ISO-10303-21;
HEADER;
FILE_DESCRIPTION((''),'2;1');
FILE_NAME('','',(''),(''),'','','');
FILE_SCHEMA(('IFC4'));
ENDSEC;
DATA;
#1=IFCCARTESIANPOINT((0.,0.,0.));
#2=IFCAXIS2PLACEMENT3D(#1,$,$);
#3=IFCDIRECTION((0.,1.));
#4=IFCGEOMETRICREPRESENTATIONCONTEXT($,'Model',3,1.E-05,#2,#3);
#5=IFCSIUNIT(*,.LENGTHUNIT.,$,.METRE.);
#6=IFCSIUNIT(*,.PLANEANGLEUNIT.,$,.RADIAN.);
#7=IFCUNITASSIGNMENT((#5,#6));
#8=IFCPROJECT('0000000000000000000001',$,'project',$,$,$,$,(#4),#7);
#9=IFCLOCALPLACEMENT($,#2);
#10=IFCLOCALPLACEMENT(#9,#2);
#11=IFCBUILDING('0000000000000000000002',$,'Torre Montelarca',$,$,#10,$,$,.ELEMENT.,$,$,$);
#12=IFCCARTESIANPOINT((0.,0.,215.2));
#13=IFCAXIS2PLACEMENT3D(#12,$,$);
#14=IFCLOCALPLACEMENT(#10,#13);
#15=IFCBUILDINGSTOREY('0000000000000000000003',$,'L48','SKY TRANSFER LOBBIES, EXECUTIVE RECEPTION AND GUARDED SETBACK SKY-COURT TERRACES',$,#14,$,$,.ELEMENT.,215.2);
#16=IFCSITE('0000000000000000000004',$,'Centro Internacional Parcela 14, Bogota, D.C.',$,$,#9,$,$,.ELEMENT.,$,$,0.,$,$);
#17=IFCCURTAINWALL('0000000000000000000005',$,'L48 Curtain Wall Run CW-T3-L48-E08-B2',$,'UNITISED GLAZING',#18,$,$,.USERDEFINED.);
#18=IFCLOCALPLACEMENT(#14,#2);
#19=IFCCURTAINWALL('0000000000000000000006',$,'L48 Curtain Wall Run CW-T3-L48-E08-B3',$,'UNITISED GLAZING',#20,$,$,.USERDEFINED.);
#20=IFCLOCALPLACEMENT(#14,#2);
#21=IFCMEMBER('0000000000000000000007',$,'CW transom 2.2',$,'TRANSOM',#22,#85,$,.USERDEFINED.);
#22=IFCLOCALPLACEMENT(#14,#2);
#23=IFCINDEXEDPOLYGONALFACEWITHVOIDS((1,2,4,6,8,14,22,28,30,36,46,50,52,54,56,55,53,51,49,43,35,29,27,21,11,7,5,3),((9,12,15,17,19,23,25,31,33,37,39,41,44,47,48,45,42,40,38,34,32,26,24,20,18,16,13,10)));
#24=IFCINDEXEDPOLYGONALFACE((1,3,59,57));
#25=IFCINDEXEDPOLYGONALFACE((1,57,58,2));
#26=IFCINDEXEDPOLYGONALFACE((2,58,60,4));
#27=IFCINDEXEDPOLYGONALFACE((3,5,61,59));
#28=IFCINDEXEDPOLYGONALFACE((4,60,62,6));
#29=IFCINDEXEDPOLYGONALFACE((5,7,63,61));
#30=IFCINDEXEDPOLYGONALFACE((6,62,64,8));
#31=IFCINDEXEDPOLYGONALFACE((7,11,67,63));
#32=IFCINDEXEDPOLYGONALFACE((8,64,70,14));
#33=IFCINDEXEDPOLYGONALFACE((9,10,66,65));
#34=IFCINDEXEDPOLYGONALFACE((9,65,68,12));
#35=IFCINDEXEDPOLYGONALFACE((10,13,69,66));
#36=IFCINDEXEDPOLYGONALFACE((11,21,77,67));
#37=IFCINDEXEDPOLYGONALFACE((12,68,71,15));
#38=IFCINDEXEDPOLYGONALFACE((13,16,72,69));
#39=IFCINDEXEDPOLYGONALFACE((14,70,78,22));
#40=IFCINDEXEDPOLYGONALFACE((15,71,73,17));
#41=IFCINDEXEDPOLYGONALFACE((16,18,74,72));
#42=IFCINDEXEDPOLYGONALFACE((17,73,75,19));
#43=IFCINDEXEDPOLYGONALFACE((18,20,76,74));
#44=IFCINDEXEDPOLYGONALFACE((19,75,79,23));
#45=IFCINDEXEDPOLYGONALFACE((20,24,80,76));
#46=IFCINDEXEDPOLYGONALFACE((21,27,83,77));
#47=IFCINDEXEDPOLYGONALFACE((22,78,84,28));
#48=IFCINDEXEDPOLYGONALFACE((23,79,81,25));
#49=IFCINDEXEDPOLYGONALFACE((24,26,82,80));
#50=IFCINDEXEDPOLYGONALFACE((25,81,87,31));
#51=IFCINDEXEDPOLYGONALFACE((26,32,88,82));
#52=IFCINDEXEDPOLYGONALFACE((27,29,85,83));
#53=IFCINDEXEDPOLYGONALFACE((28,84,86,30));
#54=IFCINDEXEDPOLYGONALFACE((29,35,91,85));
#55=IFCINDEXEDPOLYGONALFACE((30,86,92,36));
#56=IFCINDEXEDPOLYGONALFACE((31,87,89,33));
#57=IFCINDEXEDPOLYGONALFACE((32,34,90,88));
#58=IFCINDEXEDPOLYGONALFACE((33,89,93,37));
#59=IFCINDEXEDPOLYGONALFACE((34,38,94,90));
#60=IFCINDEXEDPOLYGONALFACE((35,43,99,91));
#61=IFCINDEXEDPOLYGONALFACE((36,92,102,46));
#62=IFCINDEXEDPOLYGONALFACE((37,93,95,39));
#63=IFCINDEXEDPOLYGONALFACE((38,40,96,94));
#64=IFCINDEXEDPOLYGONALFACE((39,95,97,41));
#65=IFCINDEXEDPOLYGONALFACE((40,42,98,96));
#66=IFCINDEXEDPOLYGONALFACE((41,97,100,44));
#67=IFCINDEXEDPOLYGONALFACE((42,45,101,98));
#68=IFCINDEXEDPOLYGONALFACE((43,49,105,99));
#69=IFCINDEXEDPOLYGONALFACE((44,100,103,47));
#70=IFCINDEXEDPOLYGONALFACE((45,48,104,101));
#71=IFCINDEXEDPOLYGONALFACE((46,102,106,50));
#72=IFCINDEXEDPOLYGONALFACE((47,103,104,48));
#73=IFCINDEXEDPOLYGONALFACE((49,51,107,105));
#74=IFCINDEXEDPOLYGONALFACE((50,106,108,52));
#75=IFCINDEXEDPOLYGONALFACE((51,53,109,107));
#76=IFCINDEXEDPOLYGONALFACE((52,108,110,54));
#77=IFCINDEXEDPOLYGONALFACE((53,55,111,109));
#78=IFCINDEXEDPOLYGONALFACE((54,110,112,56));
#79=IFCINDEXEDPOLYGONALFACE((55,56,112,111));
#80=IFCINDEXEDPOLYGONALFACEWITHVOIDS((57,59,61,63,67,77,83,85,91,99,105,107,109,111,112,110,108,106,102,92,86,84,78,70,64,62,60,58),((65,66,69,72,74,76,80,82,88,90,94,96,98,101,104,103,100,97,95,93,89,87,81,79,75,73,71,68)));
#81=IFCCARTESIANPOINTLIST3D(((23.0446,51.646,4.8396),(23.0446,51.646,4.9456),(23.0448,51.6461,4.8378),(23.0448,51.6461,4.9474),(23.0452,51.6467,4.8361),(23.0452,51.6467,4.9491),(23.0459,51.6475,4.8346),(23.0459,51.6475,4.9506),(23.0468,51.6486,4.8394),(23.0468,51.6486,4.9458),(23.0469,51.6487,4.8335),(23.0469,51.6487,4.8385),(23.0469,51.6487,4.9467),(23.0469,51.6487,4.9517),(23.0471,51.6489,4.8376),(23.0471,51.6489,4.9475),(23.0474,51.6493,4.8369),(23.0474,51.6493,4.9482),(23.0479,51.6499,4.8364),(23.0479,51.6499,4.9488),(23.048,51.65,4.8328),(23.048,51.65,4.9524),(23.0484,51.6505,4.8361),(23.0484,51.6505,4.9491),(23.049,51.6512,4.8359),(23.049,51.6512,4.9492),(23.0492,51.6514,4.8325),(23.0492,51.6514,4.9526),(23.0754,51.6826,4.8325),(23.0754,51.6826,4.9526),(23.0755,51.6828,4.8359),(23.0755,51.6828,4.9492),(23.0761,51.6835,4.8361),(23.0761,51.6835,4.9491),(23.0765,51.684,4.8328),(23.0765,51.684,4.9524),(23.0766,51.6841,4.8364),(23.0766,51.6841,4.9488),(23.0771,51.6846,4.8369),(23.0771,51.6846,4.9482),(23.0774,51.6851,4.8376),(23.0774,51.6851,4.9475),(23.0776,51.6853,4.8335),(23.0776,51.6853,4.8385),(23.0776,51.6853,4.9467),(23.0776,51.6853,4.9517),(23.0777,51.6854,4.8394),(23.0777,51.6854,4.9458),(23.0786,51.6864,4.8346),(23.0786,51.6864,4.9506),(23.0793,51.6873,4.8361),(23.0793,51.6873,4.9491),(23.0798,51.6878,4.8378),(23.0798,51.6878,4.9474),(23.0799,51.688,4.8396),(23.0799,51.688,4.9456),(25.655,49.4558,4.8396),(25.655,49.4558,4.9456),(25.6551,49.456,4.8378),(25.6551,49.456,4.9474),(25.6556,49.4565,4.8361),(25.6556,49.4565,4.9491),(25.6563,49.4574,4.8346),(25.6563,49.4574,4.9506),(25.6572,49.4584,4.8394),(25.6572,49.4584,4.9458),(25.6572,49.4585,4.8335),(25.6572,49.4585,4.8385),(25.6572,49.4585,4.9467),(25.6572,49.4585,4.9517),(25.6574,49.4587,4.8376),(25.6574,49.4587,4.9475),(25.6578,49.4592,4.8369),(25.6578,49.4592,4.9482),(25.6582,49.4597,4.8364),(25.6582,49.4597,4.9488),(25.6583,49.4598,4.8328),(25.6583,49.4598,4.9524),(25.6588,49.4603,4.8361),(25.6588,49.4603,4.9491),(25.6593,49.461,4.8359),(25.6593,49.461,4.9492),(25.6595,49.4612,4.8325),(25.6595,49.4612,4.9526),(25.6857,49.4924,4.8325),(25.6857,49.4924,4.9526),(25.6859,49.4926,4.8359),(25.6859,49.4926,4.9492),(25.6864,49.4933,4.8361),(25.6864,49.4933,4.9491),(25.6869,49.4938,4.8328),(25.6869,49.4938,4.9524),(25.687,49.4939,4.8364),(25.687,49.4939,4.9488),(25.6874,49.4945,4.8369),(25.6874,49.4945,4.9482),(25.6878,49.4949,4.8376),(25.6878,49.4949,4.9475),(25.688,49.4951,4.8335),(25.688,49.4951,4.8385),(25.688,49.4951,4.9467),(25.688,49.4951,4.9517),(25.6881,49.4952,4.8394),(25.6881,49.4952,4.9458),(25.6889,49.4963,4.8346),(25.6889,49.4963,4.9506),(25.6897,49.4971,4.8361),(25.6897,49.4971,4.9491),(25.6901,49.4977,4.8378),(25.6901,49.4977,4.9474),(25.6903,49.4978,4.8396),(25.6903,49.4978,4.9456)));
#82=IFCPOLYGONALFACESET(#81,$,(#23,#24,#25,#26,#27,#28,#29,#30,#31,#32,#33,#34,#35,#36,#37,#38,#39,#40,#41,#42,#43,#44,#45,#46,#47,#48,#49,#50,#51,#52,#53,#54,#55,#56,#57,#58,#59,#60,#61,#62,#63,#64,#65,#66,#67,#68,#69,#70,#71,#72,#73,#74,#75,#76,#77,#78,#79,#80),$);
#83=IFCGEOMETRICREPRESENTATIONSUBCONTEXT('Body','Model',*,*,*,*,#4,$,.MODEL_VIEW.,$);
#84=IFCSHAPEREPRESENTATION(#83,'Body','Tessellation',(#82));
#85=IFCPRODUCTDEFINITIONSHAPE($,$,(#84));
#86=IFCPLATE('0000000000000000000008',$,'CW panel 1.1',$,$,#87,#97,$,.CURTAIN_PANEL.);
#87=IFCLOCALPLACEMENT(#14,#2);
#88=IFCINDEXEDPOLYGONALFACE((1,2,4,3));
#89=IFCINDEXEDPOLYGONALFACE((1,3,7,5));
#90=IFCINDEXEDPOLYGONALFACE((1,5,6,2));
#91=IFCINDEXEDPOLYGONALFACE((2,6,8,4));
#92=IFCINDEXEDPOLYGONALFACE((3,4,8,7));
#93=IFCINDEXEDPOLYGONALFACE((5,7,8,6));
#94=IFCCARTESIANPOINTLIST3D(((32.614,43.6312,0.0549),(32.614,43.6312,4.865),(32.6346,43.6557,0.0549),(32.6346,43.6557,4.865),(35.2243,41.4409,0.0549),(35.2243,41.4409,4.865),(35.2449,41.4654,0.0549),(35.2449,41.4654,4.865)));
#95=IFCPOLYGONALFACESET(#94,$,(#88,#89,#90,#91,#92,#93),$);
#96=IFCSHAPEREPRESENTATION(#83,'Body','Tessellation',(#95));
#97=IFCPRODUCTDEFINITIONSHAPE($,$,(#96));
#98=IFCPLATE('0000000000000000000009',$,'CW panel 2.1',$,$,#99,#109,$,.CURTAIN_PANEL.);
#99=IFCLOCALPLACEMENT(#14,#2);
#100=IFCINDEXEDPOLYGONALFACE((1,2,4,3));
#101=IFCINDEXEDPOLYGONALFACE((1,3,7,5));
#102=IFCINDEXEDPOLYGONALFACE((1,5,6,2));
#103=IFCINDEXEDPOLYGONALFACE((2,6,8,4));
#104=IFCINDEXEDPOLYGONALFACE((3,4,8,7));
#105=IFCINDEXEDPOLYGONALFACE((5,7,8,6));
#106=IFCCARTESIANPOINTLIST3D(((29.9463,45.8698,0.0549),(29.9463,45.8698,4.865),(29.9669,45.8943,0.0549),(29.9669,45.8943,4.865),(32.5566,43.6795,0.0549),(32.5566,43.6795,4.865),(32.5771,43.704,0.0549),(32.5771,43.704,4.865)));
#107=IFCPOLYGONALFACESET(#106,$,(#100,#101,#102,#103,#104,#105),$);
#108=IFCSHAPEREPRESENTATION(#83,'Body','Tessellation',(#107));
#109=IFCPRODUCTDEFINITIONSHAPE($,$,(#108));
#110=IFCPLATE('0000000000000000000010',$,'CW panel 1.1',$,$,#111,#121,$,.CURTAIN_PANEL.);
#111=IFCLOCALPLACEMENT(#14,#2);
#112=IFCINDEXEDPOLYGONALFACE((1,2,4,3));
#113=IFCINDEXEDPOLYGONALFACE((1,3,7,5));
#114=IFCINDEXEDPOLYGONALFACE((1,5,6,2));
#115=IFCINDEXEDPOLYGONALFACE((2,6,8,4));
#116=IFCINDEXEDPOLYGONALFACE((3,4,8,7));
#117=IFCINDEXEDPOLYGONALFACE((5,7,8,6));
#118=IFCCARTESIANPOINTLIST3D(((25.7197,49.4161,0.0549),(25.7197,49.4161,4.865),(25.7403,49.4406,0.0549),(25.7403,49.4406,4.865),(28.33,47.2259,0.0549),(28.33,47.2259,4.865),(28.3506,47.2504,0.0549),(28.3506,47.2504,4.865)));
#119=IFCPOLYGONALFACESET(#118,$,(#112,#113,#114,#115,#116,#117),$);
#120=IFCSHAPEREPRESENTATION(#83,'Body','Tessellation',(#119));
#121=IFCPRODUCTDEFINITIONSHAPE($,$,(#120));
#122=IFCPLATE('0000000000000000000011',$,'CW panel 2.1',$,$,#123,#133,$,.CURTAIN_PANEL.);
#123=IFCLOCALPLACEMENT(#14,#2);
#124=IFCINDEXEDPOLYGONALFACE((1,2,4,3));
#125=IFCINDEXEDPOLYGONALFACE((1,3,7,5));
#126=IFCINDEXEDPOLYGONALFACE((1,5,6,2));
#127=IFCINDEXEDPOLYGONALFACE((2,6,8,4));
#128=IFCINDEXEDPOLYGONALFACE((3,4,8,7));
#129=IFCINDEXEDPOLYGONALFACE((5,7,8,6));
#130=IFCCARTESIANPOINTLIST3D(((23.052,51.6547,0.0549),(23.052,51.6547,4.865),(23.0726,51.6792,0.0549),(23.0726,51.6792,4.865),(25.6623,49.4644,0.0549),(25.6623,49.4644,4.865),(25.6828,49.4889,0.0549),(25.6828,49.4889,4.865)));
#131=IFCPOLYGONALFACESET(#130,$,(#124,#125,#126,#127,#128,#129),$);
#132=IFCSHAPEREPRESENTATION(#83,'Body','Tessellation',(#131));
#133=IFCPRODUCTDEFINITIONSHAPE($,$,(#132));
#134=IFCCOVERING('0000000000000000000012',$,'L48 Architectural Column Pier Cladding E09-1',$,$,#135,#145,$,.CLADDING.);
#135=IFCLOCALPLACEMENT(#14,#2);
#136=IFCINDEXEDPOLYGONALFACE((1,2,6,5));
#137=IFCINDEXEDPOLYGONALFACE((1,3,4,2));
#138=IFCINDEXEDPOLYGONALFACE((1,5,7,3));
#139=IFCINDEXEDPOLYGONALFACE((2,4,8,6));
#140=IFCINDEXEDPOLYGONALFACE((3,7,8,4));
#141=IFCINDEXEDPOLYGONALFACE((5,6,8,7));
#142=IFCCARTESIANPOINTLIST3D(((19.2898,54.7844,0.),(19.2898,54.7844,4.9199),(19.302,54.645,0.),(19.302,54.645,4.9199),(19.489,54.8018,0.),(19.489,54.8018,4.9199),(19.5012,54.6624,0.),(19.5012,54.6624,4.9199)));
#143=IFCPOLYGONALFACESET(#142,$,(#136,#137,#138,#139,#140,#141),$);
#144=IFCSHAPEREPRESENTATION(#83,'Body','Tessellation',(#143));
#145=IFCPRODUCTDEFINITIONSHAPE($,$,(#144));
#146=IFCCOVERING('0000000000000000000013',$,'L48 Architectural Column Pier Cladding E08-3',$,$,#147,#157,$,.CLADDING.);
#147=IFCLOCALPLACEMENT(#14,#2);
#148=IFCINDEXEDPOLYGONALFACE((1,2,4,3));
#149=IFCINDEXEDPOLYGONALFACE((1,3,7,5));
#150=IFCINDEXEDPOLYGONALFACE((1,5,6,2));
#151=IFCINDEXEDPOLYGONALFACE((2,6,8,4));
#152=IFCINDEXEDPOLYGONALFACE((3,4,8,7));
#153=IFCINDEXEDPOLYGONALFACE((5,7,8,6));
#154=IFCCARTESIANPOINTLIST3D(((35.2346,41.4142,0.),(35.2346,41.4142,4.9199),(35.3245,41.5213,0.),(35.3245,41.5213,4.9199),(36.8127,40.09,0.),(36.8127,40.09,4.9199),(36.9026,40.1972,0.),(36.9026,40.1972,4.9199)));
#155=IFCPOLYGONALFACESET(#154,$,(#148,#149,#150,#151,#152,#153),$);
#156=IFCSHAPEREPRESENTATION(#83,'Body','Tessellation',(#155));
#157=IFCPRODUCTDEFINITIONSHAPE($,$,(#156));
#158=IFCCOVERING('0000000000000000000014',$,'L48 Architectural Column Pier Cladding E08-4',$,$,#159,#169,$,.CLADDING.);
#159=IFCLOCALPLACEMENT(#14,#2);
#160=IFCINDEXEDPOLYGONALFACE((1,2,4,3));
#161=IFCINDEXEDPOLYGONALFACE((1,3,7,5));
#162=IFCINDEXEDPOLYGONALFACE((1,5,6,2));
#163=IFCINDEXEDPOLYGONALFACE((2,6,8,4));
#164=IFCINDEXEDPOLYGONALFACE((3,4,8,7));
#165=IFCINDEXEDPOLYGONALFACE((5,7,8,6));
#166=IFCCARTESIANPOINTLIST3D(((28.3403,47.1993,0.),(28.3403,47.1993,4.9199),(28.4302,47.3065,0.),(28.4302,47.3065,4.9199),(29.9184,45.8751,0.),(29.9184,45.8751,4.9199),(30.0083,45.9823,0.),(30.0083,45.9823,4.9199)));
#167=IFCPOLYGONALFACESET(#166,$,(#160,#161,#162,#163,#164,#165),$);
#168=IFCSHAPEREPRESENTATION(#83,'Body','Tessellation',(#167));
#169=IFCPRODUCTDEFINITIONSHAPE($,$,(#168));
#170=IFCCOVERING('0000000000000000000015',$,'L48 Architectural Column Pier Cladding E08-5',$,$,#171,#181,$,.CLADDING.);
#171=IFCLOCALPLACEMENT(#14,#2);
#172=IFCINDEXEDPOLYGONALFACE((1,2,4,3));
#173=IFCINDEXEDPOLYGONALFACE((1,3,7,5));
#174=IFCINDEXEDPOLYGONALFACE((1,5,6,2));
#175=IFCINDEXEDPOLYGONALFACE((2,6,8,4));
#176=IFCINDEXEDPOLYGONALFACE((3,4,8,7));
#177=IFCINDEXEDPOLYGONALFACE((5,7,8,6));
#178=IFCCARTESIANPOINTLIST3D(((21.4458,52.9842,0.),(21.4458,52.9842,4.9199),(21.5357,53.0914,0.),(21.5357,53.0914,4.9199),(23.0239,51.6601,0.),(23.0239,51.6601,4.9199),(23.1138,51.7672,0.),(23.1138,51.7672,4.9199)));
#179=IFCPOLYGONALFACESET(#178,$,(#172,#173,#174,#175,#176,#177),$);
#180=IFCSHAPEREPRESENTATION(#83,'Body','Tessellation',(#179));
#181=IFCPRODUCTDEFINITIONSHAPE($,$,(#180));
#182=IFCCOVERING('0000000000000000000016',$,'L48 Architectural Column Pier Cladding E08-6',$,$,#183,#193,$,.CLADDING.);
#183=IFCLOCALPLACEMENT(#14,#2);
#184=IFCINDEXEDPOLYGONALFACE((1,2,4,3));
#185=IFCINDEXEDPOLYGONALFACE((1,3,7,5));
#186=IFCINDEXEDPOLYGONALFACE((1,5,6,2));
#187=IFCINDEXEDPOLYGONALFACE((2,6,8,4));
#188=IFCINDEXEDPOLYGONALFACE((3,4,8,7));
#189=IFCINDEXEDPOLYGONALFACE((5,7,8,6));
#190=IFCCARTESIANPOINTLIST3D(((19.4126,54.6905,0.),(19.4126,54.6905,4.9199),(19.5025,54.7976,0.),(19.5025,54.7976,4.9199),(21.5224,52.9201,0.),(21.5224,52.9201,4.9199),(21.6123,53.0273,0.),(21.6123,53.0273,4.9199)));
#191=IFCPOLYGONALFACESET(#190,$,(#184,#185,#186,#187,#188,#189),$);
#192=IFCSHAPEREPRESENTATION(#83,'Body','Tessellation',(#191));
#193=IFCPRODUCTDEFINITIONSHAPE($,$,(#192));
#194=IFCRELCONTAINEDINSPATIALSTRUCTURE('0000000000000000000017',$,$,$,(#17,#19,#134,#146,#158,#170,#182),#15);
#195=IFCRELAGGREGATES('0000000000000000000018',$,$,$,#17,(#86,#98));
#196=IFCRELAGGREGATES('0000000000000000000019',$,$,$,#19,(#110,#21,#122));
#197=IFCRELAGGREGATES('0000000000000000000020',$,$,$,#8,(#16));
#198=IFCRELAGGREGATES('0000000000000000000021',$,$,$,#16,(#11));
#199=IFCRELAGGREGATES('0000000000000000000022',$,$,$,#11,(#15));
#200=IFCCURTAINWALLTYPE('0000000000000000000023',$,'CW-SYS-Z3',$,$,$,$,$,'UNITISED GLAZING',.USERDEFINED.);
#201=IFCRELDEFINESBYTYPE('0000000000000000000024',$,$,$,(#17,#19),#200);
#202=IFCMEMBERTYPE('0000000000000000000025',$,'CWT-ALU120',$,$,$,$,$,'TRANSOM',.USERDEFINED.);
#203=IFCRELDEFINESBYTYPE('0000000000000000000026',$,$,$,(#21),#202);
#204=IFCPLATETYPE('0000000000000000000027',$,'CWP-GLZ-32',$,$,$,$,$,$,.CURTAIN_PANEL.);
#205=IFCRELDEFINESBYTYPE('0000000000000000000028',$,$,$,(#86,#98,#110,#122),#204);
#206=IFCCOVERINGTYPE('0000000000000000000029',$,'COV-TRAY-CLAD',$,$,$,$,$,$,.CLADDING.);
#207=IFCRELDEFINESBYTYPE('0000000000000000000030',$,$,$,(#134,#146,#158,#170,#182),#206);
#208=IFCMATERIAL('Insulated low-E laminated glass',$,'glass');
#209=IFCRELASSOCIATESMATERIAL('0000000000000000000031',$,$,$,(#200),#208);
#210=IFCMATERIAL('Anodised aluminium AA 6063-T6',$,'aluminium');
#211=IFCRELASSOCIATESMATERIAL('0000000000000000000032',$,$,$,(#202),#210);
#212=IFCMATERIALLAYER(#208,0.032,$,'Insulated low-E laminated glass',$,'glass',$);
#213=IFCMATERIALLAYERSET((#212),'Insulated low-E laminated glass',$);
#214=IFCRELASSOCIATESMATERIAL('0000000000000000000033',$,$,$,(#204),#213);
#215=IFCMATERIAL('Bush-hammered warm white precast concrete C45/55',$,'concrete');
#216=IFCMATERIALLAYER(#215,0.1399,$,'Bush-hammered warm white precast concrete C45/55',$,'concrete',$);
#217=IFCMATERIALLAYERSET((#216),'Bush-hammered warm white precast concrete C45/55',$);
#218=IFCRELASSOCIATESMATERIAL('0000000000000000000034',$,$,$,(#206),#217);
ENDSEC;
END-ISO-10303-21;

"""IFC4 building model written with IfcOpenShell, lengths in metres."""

from ifc_helpers import new_model, si_unit, direction, frame, origin, origin_2d, place, context, subcontext, project, spatial, rectangle, hollow_rectangle, extrude, source, transform, mapped, material, layer, layer_set, material_profile, profile_set, type_object, element, aggregate, save


model = new_model("IFC4")

# Units and contexts
model_context = context("Model", 3, precision=1e-05, world=origin(), true_north=direction((0.0, 1.0)))
body_context = subcontext(model_context, "Body", "Model", "MODEL_VIEW")
ifc_project = project(units=[si_unit("LENGTHUNIT", "METRE"), si_unit("PLANEANGLEUNIT", "RADIAN")], contexts=[model_context])

# Site, building, storey
site_placement = place(None, origin())
site = spatial("IfcSite", under=ifc_project, at=site_placement, Name="Centro Internacional Parcela 14, Bogota, D.C.", CompositionType="ELEMENT", RefElevation=0.0)
building_placement = place(site_placement, origin())
building = spatial("IfcBuilding", under=site, at=building_placement, Name="Torre Montelarca", CompositionType="ELEMENT")
storey_placement = place(building_placement, frame((0.0, 0.0, 215.2)))
storey = spatial("IfcBuildingStorey", under=building, at=storey_placement, Name="L48", Description="SKY TRANSFER LOBBIES, EXECUTIVE RECEPTION AND GUARDED SETBACK SKY-COURT TERRACES", CompositionType="ELEMENT", Elevation=215.2)

# Shared definitions
ifc_material_1 = material(Name="Insulated low-E laminated glass", Category="glass")
curtain_wall_type = type_object("IfcCurtainWallType", Name="CW-SYS-Z3", ElementType="UNITISED GLAZING", PredefinedType="USERDEFINED", material=ifc_material_1)
ifc_material_2 = material(Name="Anodised aluminium AA 6063-T6", Category="aluminium")

# Curtain walls
curtain_wall_1_placement = place(storey_placement, origin())
curtain_wall_1 = element("IfcCurtainWall", 1, at=curtain_wall_1_placement, inside=storey, type_object=curtain_wall_type, Name="L48 Curtain Wall Run CW-T3-L48-E08-B2", ObjectType="UNITISED GLAZING", PredefinedType="USERDEFINED")
curtain_wall_2_placement = place(storey_placement, origin())
curtain_wall_2 = element("IfcCurtainWall", 2, at=curtain_wall_2_placement, inside=storey, type_object=curtain_wall_type, Name="L48 Curtain Wall Run CW-T3-L48-E08-B3", ObjectType="UNITISED GLAZING", PredefinedType="USERDEFINED")

# Member
ifc_material_profile_1 = material_profile(ifc_material_2, hollow_rectangle(XDim=0.0549, YDim=0.1201, WallThickness=0.0034, InnerFilletRadius=0.0034, OuterFilletRadius=0.0071, at=origin_2d()), Name="ALU55X120X3.5", Category="aluminium")
ifc_profile_set_1 = profile_set([ifc_material_profile_1], Name="Anodised aluminium AA 6063-T6")
member_type_1 = type_object("IfcMemberType", Name="CWT-ALU120", ElementType="TRANSOM", PredefinedType="USERDEFINED", material=ifc_profile_set_1)
shared_shape_1 = source(origin(), body_context, "Body", "SweptSolid", [
    extrude(hollow_rectangle(XDim=0.0549, YDim=0.1201, WallThickness=0.0034, InnerFilletRadius=0.0034, OuterFilletRadius=0.0071, at=origin_2d()), origin(), (0.0, 0.0, 1.0), 3.4075),
])
member_1_placement = place(storey_placement, frame((25.6726, 49.4768, 4.8926), z_axis=(-0.766067, 0.64276, 0.0), x_axis=(-0.64276, -0.766067, 0.0)))
member_1 = element("IfcMember", 3, at=member_1_placement, type_object=member_type_1, Name="CW transom 2.2", ObjectType="TRANSOM", PredefinedType="USERDEFINED", context=body_context, shape_type="MappedRepresentation", body=[
    mapped(shared_shape_1, transform((0.0, 0.0, 0.0), scale=1.0)),
])

# Plates
ifc_layer_1 = layer(ifc_material_1, 0.032, Name="Insulated low-E laminated glass", Category="glass")
ifc_layer_set_1 = layer_set([ifc_layer_1], Name="Insulated low-E laminated glass")
plate_type = type_object("IfcPlateType", Name="CWP-GLZ-32", PredefinedType="CURTAIN_PANEL", material=ifc_layer_set_1)
shared_shape_2 = source(origin(), body_context, "Body", "SweptSolid", [
    extrude(rectangle(XDim=3.4075, YDim=0.032, at=origin_2d()), origin(), (0.0, 0.0, 1.0), 4.8101),
])
plate_1_placement = place(storey_placement, frame((33.9294, 42.5483, 0.0549), z_axis=(0.0, 0.0, 1.0), x_axis=(-0.766043, 0.642789, 0.0)))
plate_1 = element("IfcPlate", 4, at=plate_1_placement, type_object=plate_type, Name="CW panel 1.1", PredefinedType="CURTAIN_PANEL", context=body_context, shape_type="MappedRepresentation", body=[
    mapped(shared_shape_2, transform((0.0, 0.0, 0.0), scale=1.0)),
])
plate_2_placement = place(storey_placement, frame((31.2617, 44.7869, 0.0549), z_axis=(0.0, 0.0, 1.0), x_axis=(-0.766043, 0.642789, 0.0)))
plate_2 = element("IfcPlate", 5, at=plate_2_placement, type_object=plate_type, Name="CW panel 2.1", PredefinedType="CURTAIN_PANEL", context=body_context, shape_type="MappedRepresentation", body=[
    mapped(shared_shape_2, transform((0.0, 0.0, 0.0), scale=1.0)),
])
aggregate(curtain_wall_1, [plate_1, plate_2])
plate_3_placement = place(storey_placement, frame((27.0352, 48.3333, 0.0549), z_axis=(0.0, 0.0, 1.0), x_axis=(-0.766043, 0.642789, 0.0)))
plate_3 = element("IfcPlate", 6, at=plate_3_placement, type_object=plate_type, Name="CW panel 1.1", PredefinedType="CURTAIN_PANEL", context=body_context, shape_type="MappedRepresentation", body=[
    mapped(shared_shape_2, transform((0.0, 0.0, 0.0), scale=1.0)),
])
plate_4_placement = place(storey_placement, frame((24.3674, 50.5718, 0.0549), z_axis=(0.0, 0.0, 1.0), x_axis=(-0.766043, 0.642789, 0.0)))
plate_4 = element("IfcPlate", 7, at=plate_4_placement, type_object=plate_type, Name="CW panel 2.1", PredefinedType="CURTAIN_PANEL", context=body_context, shape_type="MappedRepresentation", body=[
    mapped(shared_shape_2, transform((0.0, 0.0, 0.0), scale=1.0)),
])
aggregate(curtain_wall_2, [plate_3, member_1, plate_4])

# Coverings
ifc_material_3 = material(Name="Bush-hammered warm white precast concrete C45/55", Category="concrete")
ifc_layer_2 = layer(ifc_material_3, 0.1399, Name="Bush-hammered warm white precast concrete C45/55", Category="concrete")
ifc_layer_set_2 = layer_set([ifc_layer_2], Name="Bush-hammered warm white precast concrete C45/55")
covering_type = type_object("IfcCoveringType", Name="COV-TRAY-CLAD", PredefinedType="CLADDING", material=ifc_layer_set_2)
shared_shape_3 = source(origin(), body_context, "Body", "SweptSolid", [
    extrude(rectangle(XDim=0.2, YDim=0.1399, at=origin_2d()), origin(), (0.0, 0.0, 1.0), 4.9199),
])
covering_1_placement = place(storey_placement, frame((19.3955, 54.7234, 0.0), z_axis=(0.0, 0.0, 1.0), x_axis=(-0.996193, -0.087177, 0.0)))
element("IfcCovering", 8, at=covering_1_placement, inside=storey, type_object=covering_type, Name="L48 Architectural Column Pier Cladding E09-1", PredefinedType="CLADDING", context=body_context, shape_type="MappedRepresentation", body=[
    mapped(shared_shape_3, transform((0.0, 0.0, 0.0), scale=1.0)),
])
shared_shape_4 = source(origin(), body_context, "Body", "SweptSolid", [
    extrude(rectangle(XDim=2.0601, YDim=0.1399, at=origin_2d()), origin(), (0.0, 0.0, 1.0), 4.9199),
])
for number, where, z_axis, x_axis, name in (
    (9, (36.0686, 40.8057, 0.0), (0.0, 0.0, 1.0), (-0.766043, 0.642789, 0.0), "L48 Architectural Column Pier Cladding E08-3"),
    (10, (29.1743, 46.5908, 0.0), (0.0, 0.0, 1.0), (-0.766043, 0.642789, 0.0), "L48 Architectural Column Pier Cladding E08-4"),
    (11, (22.2798, 52.3757, 0.0), (0.0, 0.0, 1.0), (-0.766043, 0.642789, 0.0), "L48 Architectural Column Pier Cladding E08-5"),
):
    element("IfcCovering", number, at=place(storey_placement, frame(where, z_axis=z_axis, x_axis=x_axis)), inside=storey, type_object=covering_type, Name=name, PredefinedType="CLADDING", context=body_context, shape_type="MappedRepresentation", body=[
        mapped(shared_shape_4, transform((0.0, 0.0, 0.0), scale=1.0)),
    ])
shared_shape_5 = source(origin(), body_context, "Body", "SweptSolid", [
    extrude(rectangle(XDim=2.7542, YDim=0.1399, at=origin_2d()), origin(), (0.0, 0.0, 1.0), 4.9199),
])
covering_2_placement = place(storey_placement, frame((20.5125, 53.8589, 0.0), z_axis=(0.0, 0.0, 1.0), x_axis=(-0.766043, 0.642789, 0.0)))
element("IfcCovering", 12, at=covering_2_placement, inside=storey, type_object=covering_type, Name="L48 Architectural Column Pier Cladding E08-6", PredefinedType="CLADDING", context=body_context, shape_type="MappedRepresentation", body=[
    mapped(shared_shape_5, transform((0.0, 0.0, 0.0), scale=1.0)),
])

save(model, "model.ifc")
